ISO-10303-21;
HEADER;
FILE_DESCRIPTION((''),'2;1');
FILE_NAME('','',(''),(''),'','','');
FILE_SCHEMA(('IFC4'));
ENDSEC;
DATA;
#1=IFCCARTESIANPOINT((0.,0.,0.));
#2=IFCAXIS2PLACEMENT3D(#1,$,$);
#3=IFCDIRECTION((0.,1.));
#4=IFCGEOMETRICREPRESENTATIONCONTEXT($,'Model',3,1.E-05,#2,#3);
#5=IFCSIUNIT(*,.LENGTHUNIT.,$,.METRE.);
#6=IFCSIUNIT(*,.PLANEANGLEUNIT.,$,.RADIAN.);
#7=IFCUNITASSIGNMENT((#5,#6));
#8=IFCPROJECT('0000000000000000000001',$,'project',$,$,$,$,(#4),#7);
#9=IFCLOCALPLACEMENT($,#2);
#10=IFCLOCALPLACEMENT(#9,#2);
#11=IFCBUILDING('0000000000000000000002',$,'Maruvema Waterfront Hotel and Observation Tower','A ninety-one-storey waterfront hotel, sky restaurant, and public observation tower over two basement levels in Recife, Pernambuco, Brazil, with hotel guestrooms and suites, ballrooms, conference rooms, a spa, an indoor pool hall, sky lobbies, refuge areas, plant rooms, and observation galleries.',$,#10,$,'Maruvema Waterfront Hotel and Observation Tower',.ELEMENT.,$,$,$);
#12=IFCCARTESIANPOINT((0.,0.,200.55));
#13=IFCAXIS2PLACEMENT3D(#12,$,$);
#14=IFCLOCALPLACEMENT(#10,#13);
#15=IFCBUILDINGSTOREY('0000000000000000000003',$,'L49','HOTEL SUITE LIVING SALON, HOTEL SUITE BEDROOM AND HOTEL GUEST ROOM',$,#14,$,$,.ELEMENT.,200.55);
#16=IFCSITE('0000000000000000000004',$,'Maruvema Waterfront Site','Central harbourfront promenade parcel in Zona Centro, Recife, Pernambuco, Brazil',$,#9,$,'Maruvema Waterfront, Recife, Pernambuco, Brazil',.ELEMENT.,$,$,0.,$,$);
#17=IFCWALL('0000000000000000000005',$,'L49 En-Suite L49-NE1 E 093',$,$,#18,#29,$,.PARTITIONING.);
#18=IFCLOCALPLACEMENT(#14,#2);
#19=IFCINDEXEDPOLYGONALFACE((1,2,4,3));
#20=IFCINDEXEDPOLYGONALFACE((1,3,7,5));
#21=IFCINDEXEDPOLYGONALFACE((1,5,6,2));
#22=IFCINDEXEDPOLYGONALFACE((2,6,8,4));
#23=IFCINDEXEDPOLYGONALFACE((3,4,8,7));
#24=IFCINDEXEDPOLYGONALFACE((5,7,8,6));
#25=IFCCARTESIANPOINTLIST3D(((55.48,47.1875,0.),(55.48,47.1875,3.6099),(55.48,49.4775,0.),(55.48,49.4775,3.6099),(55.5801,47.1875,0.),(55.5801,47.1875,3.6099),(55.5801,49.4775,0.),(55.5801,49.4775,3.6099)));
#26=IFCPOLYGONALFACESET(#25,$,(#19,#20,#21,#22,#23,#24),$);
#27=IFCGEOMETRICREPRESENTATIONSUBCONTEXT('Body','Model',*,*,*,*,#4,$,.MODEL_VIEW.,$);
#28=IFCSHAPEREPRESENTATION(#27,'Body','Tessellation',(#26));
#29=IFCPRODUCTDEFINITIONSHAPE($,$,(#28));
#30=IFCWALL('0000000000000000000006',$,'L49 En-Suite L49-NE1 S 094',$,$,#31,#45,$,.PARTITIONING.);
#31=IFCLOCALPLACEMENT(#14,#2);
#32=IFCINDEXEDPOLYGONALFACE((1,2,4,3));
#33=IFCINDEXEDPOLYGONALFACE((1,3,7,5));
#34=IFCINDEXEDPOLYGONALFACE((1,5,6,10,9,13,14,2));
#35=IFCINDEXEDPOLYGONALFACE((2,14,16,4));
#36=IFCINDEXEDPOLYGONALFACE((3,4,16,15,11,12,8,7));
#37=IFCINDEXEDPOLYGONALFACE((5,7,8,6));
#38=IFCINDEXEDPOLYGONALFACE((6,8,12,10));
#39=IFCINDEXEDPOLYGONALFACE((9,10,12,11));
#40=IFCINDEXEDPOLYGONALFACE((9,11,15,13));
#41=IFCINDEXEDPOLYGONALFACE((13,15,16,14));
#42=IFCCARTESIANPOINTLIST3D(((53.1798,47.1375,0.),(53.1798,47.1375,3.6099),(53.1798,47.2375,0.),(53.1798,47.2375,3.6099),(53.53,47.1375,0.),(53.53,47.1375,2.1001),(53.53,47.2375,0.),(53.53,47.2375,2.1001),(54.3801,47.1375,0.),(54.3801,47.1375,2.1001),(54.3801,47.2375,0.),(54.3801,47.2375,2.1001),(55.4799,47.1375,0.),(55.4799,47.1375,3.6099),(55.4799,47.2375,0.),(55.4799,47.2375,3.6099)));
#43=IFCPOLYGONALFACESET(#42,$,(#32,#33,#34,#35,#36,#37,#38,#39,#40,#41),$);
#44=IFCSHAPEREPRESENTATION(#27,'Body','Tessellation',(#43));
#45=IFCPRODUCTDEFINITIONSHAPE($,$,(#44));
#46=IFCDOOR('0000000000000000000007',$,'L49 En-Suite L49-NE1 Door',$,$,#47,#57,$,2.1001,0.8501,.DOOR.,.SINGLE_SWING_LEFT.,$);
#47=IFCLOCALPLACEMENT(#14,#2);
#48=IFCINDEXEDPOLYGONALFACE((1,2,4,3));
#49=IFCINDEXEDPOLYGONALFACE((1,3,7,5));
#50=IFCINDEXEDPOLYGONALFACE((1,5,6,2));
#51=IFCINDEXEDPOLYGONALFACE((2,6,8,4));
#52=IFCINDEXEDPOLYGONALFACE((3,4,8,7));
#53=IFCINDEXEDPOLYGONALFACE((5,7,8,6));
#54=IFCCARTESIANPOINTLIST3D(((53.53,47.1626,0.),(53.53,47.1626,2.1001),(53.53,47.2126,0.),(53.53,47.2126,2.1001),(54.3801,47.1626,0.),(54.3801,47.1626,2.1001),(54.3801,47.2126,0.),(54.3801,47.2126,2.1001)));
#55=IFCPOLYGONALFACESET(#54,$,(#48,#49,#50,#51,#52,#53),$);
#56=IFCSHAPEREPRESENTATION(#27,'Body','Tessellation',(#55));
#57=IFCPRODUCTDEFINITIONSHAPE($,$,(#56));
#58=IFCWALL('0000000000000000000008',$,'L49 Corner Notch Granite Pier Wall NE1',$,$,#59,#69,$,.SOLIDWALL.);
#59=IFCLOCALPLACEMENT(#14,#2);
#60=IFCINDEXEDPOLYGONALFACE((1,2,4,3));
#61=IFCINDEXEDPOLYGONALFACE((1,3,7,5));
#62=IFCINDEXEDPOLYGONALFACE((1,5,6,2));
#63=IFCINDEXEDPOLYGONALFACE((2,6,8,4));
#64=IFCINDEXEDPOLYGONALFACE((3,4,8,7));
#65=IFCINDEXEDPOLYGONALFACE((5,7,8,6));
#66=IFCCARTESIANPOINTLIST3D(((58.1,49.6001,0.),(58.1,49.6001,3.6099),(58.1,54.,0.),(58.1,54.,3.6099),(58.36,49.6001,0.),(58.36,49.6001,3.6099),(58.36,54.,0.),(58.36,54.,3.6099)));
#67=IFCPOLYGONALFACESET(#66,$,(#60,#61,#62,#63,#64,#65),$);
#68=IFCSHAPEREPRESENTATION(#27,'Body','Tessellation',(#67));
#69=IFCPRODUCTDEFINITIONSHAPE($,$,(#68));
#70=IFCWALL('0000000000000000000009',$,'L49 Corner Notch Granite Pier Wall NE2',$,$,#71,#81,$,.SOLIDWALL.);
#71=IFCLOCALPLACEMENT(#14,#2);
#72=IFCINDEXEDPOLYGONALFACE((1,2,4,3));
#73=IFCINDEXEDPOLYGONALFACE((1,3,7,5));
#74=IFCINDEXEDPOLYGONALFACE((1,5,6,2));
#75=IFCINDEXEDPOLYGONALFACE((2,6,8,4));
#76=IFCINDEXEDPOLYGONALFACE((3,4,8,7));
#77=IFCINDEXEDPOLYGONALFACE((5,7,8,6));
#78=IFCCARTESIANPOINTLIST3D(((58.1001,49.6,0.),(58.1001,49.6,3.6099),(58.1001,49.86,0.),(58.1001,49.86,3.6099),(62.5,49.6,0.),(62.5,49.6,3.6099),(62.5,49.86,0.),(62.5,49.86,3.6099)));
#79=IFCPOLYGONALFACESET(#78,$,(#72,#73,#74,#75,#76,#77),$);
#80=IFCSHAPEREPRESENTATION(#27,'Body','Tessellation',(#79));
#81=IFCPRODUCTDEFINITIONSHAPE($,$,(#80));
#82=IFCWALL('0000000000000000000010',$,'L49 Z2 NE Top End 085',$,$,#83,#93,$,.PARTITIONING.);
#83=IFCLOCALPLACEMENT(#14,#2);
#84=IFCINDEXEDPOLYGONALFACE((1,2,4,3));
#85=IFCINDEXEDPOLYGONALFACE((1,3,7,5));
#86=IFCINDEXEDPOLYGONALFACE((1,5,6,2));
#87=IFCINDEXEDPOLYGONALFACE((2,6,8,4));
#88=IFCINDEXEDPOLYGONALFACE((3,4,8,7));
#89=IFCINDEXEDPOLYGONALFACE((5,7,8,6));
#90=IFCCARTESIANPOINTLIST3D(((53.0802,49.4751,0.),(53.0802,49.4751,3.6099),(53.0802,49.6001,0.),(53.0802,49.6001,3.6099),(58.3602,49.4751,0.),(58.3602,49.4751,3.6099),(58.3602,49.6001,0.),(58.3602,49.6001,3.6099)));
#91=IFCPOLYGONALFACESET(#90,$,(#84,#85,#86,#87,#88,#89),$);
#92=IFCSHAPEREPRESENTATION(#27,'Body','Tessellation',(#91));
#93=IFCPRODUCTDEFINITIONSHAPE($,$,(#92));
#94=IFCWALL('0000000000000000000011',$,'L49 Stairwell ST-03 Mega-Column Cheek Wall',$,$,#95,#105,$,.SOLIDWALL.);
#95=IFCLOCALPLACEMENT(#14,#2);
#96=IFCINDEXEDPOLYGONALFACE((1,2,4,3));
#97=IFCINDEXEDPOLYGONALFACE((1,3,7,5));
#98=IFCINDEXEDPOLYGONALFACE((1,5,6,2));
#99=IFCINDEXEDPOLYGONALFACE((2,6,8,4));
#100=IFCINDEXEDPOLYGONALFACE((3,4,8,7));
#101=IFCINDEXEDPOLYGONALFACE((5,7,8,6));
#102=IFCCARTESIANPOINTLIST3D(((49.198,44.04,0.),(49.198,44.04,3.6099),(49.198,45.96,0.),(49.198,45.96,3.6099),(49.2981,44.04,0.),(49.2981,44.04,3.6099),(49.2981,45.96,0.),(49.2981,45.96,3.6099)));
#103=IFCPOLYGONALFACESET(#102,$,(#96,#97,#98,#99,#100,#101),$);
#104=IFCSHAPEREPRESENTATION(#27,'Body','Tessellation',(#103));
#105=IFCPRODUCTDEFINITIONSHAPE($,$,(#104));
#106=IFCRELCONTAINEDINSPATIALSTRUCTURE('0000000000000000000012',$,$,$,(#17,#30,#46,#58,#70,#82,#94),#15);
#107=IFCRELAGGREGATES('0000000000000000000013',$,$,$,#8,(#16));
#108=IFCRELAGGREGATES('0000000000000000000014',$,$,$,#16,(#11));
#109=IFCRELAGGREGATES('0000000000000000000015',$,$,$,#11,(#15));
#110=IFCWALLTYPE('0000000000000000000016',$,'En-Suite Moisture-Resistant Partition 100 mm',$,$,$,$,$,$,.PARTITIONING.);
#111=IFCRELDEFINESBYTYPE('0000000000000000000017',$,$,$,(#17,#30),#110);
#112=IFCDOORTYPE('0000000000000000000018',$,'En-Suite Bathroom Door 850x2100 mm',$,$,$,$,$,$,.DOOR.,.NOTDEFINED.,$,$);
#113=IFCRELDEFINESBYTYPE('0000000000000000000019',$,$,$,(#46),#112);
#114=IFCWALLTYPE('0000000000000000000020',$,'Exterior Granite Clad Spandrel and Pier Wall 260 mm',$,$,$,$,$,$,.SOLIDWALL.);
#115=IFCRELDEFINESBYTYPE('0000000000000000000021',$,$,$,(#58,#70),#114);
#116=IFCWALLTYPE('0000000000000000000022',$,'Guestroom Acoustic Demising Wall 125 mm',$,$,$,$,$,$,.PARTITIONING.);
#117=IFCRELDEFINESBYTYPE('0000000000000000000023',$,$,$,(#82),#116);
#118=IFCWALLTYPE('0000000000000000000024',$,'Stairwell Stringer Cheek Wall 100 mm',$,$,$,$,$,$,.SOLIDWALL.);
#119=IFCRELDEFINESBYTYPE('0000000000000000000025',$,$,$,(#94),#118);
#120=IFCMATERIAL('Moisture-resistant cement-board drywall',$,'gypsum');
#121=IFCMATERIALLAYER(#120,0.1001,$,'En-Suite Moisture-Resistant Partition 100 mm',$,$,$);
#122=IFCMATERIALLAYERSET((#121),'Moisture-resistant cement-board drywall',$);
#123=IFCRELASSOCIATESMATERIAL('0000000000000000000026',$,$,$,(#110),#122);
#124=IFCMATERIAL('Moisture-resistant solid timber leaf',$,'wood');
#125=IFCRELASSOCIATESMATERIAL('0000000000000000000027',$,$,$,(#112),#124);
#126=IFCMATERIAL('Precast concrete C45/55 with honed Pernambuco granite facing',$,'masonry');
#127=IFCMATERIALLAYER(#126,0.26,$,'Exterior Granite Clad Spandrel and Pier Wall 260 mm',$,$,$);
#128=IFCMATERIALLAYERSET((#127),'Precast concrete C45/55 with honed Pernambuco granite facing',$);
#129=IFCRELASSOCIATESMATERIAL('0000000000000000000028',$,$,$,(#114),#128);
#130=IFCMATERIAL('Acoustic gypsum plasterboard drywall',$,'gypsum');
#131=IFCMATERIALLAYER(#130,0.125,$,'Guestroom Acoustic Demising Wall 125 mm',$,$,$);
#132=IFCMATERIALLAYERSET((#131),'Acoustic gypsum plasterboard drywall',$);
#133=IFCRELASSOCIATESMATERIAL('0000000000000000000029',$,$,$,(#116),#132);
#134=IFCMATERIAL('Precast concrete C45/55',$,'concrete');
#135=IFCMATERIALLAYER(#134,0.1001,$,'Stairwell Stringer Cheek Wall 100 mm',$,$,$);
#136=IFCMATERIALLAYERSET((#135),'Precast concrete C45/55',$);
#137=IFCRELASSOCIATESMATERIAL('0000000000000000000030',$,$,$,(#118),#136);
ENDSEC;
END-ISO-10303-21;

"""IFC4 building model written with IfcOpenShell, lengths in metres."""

from ifc_helpers import new_model, si_unit, direction, frame, frame_2d, origin, place, context, subcontext, project, spatial, rectangle, extrude, material, layer, layer_set, type_object, element, fill, save


model = new_model("IFC4")

# Units and contexts
model_context = context("Model", 3, precision=1e-05, world=origin(), true_north=direction((0.0, 1.0)))
body_context = subcontext(model_context, "Body", "Model", "MODEL_VIEW")
ifc_project = project(units=[si_unit("LENGTHUNIT", "METRE"), si_unit("PLANEANGLEUNIT", "RADIAN")], contexts=[model_context])

# Site, building, storey
site_placement = place(None, origin())
site = spatial("IfcSite", under=ifc_project, at=site_placement, Name="Maruvema Waterfront Site", Description="Central harbourfront promenade parcel in Zona Centro, Recife, Pernambuco, Brazil", LongName="Maruvema Waterfront, Recife, Pernambuco, Brazil", CompositionType="ELEMENT", RefElevation=0.0)
building_placement = place(site_placement, origin())
building = spatial("IfcBuilding", under=site, at=building_placement, Name="Maruvema Waterfront Hotel and Observation Tower", Description="A ninety-one-storey waterfront hotel, sky restaurant, and public observation tower over two basement levels in Recife, Pernambuco, Brazil, with hotel guestrooms and suites, ballrooms, conference rooms, a spa, an indoor pool hall, sky lobbies, refuge areas, plant rooms, and observation galleries.", LongName="Maruvema Waterfront Hotel and Observation Tower", CompositionType="ELEMENT")
storey_placement = place(building_placement, frame((0.0, 0.0, 200.55)))
storey = spatial("IfcBuildingStorey", under=building, at=storey_placement, Name="L49", Description="HOTEL SUITE LIVING SALON, HOTEL SUITE BEDROOM AND HOTEL GUEST ROOM", CompositionType="ELEMENT", Elevation=200.55)

# Wall
ifc_material_1 = material(Name="Moisture-resistant cement-board drywall", Category="gypsum")
ifc_layer_1 = layer(ifc_material_1, 0.1001, Name="En-Suite Moisture-Resistant Partition 100 mm")
ifc_layer_set_1 = layer_set([ifc_layer_1], Name="Moisture-resistant cement-board drywall")
wall_type_1 = type_object("IfcWallType", Name="En-Suite Moisture-Resistant Partition 100 mm", PredefinedType="PARTITIONING", material=ifc_layer_set_1)
wall_1_placement = place(storey_placement, frame((55.53, 47.1875, 0.0), z_axis=(0.0, 0.0, 1.0), x_axis=(0.0, 1.0, 0.0)))
element("IfcWall", 1, at=wall_1_placement, inside=storey, type_object=wall_type_1, Name="L49 En-Suite L49-NE1 E 093", PredefinedType="PARTITIONING", context=body_context, shape_type="SweptSolid", body=[
    extrude(rectangle(XDim=2.29, YDim=0.1001, at=frame_2d((1.145, 0.0))), origin(), (0.0, 0.0, 1.0), 3.6099),
])

# Wall, opening, door
wall_2_placement = place(storey_placement, frame((53.1799, 47.1875, 0.0), z_axis=(0.0, 0.0, 1.0), x_axis=(1.0, 0.0, 0.0)))
wall_2 = element("IfcWall", 2, at=wall_2_placement, inside=storey, type_object=wall_type_1, Name="L49 En-Suite L49-NE1 S 094", PredefinedType="PARTITIONING", context=body_context, shape_type="SweptSolid", body=[
    extrude(rectangle(XDim=2.3, YDim=0.1001, at=frame_2d((1.1499, 0.0))), origin(), (0.0, 0.0, 1.0), 3.6099),
])
opening_placement = place(wall_2_placement, frame((0.3501, 0.0, 0.0)))
opening = element("IfcOpeningElement", 3, at=opening_placement, cuts=wall_2, PredefinedType="OPENING", context=body_context, shape_type="SweptSolid", body=[
    extrude(rectangle(XDim=0.8501, YDim=2.1001, at=frame_2d((0.425, 1.05))), frame((0.0, 0.0601, 0.0), z_axis=(0.0, -1.0, 0.0), x_axis=(1.0, 0.0, 0.0)), (0.0, 0.0, 1.0), 0.1201),
])
ifc_material_2 = material(Name="Moisture-resistant solid timber leaf", Category="wood")
door_type = type_object("IfcDoorType", Name="En-Suite Bathroom Door 850x2100 mm", OperationType="NOTDEFINED", PredefinedType="DOOR", material=ifc_material_2)
door_placement = place(opening_placement, frame((0.8501, 0.0, 0.0), z_axis=(0.0, 0.0, 1.0), x_axis=(-1.0, 0.0, 0.0)))
door = element("IfcDoor", 4, at=door_placement, inside=storey, type_object=door_type, Name="L49 En-Suite L49-NE1 Door", OperationType="SINGLE_SWING_LEFT", OverallHeight=2.1001, OverallWidth=0.8501, PredefinedType="DOOR", context=body_context, shape_type="SweptSolid", body=[
    extrude(rectangle(XDim=0.8501, YDim=2.1001, at=frame_2d((0.425, 1.05))), frame((0.0, 0.0249, 0.0), z_axis=(0.0, -1.0, 0.0), x_axis=(1.0, 0.0, 0.0)), (0.0, 0.0, 1.0), 0.05),
])
fill(opening, door)

# Walls
ifc_material_3 = material(Name="Precast concrete C45/55 with honed Pernambuco granite facing", Category="masonry")
ifc_layer_2 = layer(ifc_material_3, 0.26, Name="Exterior Granite Clad Spandrel and Pier Wall 260 mm")
ifc_layer_set_2 = layer_set([ifc_layer_2], Name="Precast concrete C45/55 with honed Pernambuco granite facing")
wall_type_2 = type_object("IfcWallType", Name="Exterior Granite Clad Spandrel and Pier Wall 260 mm", PredefinedType="SOLIDWALL", material=ifc_layer_set_2)
for number, where, z_axis, x_axis, name in (
    (5, (58.23, 54.0, 0.0), (0.0, 0.0, 1.0), (0.0, -1.0, 0.0), "L49 Corner Notch Granite Pier Wall NE1"),
    (6, (58.1001, 49.73, 0.0), (0.0, 0.0, 1.0), (1.0, 0.0, 0.0), "L49 Corner Notch Granite Pier Wall NE2"),
):
    element("IfcWall", number, at=place(storey_placement, frame(where, z_axis=z_axis, x_axis=x_axis)), inside=storey, type_object=wall_type_2, Name=name, PredefinedType="SOLIDWALL", context=body_context, shape_type="SweptSolid", body=[
        extrude(rectangle(XDim=4.3999, YDim=0.26, at=frame_2d((2.2, 0.0))), origin(), (0.0, 0.0, 1.0), 3.6099),
    ])
ifc_material_4 = material(Name="Acoustic gypsum plasterboard drywall", Category="gypsum")
ifc_layer_3 = layer(ifc_material_4, 0.125, Name="Guestroom Acoustic Demising Wall 125 mm")
ifc_layer_set_3 = layer_set([ifc_layer_3], Name="Acoustic gypsum plasterboard drywall")
wall_type_3 = type_object("IfcWallType", Name="Guestroom Acoustic Demising Wall 125 mm", PredefinedType="PARTITIONING", material=ifc_layer_set_3)
wall_3_placement = place(storey_placement, frame((53.0801, 49.5376, 0.0), z_axis=(0.0, 0.0, 1.0), x_axis=(1.0, 0.0, 0.0)))
element("IfcWall", 7, at=wall_3_placement, inside=storey, type_object=wall_type_3, Name="L49 Z2 NE Top End 085", PredefinedType="PARTITIONING", context=body_context, shape_type="SweptSolid", body=[
    extrude(rectangle(XDim=5.28, YDim=0.125, at=frame_2d((2.6401, 0.0))), origin(), (0.0, 0.0, 1.0), 3.6099),
])
ifc_material_5 = material(Name="Precast concrete C45/55", Category="concrete")
ifc_layer_4 = layer(ifc_material_5, 0.1001, Name="Stairwell Stringer Cheek Wall 100 mm")
ifc_layer_set_4 = layer_set([ifc_layer_4], Name="Precast concrete C45/55")
wall_type_4 = type_object("IfcWallType", Name="Stairwell Stringer Cheek Wall 100 mm", PredefinedType="SOLIDWALL", material=ifc_layer_set_4)
wall_4_placement = place(storey_placement, frame((49.248, 44.04, 0.0), z_axis=(0.0, 0.0, 1.0), x_axis=(0.0, 1.0, 0.0)))
element("IfcWall", 8, at=wall_4_placement, inside=storey, type_object=wall_type_4, Name="L49 Stairwell ST-03 Mega-Column Cheek Wall", PredefinedType="SOLIDWALL", context=body_context, shape_type="SweptSolid", body=[
    extrude(rectangle(XDim=1.9199, YDim=0.1001, at=frame_2d((0.96, 0.0))), origin(), (0.0, 0.0, 1.0), 3.6099),
])

save(model, "model.ifc")
